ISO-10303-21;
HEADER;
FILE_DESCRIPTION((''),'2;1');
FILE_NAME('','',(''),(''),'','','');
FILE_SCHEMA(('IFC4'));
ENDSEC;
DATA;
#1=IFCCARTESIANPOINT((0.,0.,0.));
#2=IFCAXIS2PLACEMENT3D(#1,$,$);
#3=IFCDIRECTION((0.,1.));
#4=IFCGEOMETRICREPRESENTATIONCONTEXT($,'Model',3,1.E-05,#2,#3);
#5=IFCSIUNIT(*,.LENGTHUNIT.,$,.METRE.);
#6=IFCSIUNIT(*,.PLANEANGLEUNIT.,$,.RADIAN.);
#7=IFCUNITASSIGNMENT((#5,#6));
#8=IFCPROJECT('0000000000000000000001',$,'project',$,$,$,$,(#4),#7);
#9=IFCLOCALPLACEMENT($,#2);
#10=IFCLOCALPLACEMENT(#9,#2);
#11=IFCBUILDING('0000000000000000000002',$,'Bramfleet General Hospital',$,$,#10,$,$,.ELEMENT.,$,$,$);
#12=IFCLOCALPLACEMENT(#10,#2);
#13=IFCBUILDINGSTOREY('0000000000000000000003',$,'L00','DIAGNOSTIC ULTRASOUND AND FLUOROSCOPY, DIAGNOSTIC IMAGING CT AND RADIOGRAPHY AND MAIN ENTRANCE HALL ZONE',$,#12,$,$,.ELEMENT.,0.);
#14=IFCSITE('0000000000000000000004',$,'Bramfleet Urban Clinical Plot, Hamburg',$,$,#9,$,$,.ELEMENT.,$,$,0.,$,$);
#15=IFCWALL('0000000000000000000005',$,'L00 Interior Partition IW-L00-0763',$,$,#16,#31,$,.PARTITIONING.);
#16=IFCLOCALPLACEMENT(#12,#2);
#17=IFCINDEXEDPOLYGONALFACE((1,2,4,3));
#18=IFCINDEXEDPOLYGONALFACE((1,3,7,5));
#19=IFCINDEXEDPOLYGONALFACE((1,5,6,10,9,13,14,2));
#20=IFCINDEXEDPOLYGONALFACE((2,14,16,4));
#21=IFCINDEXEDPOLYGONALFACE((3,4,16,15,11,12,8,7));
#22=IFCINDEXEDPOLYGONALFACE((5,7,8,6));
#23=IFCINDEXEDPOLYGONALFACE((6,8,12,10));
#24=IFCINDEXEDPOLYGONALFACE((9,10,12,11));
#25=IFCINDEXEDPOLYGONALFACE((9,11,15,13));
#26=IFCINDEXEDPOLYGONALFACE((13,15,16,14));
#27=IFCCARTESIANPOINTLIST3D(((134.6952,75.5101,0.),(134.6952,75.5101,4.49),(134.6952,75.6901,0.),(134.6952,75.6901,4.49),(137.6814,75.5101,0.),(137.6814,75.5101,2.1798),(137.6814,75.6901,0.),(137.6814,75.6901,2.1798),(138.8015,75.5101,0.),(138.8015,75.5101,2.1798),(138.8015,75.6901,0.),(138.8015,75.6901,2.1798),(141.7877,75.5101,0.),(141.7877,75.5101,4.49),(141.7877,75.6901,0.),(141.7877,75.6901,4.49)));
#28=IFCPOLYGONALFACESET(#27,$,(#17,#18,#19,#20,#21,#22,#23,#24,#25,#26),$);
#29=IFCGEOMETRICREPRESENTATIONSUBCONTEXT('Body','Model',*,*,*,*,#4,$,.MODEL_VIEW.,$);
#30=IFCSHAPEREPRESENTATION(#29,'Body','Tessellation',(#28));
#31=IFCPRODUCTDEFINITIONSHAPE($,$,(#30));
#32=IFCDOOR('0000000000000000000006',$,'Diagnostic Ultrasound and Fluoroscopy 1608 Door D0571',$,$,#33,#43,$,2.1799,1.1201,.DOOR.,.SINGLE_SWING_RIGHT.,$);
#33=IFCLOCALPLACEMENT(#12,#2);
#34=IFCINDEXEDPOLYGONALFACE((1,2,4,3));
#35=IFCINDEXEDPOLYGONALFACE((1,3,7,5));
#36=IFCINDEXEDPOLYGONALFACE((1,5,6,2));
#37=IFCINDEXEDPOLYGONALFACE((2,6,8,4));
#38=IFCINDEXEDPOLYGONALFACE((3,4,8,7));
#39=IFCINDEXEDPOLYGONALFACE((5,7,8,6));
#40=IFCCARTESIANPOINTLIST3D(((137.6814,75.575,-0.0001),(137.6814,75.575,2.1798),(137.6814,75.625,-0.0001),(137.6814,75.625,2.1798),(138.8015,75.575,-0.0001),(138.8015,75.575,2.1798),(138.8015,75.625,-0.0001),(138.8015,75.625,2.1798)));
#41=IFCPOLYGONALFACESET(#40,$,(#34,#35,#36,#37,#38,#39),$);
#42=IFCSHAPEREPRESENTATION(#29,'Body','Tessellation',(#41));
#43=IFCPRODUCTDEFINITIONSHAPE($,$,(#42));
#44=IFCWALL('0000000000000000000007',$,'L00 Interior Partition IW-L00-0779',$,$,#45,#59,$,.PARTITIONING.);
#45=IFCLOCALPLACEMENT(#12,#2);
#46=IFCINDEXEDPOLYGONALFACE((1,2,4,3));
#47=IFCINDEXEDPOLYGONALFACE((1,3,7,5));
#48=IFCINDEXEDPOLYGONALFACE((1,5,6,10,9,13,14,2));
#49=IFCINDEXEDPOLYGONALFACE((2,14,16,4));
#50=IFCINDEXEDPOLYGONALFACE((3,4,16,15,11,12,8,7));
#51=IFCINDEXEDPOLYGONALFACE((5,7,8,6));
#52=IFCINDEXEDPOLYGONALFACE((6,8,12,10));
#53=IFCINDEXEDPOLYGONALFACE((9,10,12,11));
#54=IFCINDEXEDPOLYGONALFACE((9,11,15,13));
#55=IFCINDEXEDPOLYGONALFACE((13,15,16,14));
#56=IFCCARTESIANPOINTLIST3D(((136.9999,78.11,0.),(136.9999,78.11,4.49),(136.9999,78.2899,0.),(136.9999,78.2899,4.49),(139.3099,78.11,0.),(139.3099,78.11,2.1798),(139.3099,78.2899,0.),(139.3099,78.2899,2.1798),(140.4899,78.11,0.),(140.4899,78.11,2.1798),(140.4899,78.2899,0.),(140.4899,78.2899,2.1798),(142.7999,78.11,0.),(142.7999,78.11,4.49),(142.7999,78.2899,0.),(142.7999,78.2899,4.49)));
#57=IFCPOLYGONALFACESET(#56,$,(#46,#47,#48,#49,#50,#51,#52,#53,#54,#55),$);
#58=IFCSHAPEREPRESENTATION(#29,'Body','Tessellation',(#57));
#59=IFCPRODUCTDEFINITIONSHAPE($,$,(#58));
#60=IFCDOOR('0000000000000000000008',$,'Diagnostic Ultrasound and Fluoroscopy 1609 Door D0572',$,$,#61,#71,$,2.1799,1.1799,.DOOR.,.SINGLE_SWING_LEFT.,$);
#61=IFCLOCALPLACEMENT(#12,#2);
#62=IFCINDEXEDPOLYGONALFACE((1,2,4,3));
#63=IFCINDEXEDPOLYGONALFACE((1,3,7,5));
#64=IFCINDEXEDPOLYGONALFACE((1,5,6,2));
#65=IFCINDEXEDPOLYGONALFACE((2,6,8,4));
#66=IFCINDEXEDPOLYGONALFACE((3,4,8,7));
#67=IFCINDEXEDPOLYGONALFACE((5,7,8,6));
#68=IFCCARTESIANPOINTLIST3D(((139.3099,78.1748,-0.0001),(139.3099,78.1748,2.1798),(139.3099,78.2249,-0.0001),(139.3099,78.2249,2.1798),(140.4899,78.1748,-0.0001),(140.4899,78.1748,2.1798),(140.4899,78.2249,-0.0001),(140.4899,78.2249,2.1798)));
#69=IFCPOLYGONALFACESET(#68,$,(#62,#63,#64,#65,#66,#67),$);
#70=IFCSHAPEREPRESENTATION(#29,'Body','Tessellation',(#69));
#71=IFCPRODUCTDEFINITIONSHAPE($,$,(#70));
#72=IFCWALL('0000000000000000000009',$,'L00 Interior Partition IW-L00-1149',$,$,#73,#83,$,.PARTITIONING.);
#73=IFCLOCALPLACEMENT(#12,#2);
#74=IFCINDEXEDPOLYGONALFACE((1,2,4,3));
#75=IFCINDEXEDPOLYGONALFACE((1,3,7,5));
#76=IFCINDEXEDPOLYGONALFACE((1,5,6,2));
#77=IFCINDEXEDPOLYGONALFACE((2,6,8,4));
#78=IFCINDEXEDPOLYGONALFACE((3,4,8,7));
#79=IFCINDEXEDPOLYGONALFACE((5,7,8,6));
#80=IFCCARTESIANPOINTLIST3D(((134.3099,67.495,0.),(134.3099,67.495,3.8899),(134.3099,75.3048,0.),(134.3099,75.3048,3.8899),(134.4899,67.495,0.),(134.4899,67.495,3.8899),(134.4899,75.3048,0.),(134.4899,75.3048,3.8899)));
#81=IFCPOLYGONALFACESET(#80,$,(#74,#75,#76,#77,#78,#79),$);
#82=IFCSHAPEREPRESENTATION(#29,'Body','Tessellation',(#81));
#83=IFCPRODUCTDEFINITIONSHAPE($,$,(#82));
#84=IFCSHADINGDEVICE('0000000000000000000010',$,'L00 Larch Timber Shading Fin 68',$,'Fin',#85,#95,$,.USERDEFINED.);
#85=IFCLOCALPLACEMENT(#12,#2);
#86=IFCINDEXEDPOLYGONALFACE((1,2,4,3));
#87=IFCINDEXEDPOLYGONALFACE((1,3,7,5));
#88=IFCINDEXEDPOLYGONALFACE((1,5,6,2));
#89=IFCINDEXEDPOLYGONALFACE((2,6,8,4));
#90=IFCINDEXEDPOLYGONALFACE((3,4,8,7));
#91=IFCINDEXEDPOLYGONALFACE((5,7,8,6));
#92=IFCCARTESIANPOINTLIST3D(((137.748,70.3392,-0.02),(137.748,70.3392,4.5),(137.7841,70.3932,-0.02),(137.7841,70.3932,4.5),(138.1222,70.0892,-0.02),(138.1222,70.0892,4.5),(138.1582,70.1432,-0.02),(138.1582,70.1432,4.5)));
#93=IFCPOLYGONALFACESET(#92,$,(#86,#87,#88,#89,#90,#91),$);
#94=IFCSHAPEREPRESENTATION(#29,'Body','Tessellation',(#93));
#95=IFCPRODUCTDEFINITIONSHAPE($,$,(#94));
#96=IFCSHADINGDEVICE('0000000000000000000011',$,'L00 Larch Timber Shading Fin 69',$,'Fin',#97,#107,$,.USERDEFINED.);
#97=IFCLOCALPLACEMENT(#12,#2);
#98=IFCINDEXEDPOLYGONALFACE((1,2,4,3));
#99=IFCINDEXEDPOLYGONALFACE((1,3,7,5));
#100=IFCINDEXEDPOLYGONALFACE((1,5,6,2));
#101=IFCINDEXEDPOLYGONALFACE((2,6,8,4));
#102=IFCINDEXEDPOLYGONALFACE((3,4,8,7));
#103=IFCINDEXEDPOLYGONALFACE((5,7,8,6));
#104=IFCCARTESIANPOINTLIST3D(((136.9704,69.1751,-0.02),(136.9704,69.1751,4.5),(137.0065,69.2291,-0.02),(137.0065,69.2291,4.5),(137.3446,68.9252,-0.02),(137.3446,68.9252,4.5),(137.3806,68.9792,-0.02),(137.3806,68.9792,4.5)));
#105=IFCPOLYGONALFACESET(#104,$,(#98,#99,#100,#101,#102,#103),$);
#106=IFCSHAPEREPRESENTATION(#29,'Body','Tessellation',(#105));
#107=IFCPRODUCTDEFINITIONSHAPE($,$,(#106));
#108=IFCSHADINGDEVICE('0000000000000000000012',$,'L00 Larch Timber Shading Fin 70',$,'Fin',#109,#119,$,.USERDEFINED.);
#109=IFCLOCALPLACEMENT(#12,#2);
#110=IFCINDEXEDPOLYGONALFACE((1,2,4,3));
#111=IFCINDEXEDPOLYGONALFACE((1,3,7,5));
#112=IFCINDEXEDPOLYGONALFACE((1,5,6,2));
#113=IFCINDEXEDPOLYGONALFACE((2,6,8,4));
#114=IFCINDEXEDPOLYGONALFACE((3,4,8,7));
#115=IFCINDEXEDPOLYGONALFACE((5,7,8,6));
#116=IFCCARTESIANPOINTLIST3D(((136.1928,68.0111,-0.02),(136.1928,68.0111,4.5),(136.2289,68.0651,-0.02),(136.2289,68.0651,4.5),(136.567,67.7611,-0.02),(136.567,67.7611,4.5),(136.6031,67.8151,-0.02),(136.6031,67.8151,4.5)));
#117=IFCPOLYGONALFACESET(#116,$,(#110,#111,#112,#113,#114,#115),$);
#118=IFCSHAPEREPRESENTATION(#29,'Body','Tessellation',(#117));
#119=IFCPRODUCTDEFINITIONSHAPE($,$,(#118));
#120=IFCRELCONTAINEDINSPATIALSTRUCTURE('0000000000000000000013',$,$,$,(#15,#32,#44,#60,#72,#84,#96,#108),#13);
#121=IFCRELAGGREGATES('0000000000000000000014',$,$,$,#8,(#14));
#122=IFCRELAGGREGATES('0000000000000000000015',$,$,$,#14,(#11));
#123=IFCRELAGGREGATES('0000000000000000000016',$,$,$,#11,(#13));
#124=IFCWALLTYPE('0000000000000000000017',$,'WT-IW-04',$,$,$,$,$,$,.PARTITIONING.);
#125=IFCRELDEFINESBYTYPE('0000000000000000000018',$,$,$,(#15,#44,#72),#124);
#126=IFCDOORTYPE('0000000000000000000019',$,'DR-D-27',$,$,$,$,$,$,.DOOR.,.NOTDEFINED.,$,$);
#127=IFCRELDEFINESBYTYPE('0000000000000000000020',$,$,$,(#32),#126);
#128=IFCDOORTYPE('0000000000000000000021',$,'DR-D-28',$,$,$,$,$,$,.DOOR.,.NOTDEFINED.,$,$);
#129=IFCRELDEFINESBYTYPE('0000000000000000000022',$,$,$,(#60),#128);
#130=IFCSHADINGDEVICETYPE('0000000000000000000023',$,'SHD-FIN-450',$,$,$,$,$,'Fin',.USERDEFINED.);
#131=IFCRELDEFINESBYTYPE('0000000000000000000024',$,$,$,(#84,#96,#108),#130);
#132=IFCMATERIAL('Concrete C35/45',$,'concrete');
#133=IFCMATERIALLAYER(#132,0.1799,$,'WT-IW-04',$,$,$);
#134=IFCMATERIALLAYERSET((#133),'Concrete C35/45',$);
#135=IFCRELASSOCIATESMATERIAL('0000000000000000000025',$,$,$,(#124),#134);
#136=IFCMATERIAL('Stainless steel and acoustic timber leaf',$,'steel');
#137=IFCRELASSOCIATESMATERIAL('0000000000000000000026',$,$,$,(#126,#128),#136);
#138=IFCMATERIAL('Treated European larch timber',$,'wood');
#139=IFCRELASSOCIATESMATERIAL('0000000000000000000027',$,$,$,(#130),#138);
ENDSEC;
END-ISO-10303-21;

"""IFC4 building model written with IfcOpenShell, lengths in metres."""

from ifc_helpers import new_model, si_unit, direction, frame, frame_2d, origin, origin_2d, place, context, subcontext, project, spatial, rectangle, extrude, material, layer, layer_set, material_profile, profile_set, type_object, element, fill, save


model = new_model("IFC4")

# Units and contexts
model_context = context("Model", 3, precision=1e-05, world=origin(), true_north=direction((0.0, 1.0)))
body_context = subcontext(model_context, "Body", "Model", "MODEL_VIEW")
ifc_project = project(units=[si_unit("LENGTHUNIT", "METRE"), si_unit("PLANEANGLEUNIT", "RADIAN")], contexts=[model_context])

# Site, building, storey
site_placement = place(None, origin())
site = spatial("IfcSite", under=ifc_project, at=site_placement, Name="Bramfleet Urban Clinical Plot, Hamburg", CompositionType="ELEMENT", RefElevation=0.0)
building_placement = place(site_placement, origin())
building = spatial("IfcBuilding", under=site, at=building_placement, Name="Bramfleet General Hospital", CompositionType="ELEMENT")
storey_placement = place(building_placement, origin())
storey = spatial("IfcBuildingStorey", under=building, at=storey_placement, Name="L00", Description="DIAGNOSTIC ULTRASOUND AND FLUOROSCOPY, DIAGNOSTIC IMAGING CT AND RADIOGRAPHY AND MAIN ENTRANCE HALL ZONE", CompositionType="ELEMENT", Elevation=0.0)

# Shared definitions
ifc_material_1 = material(Name="Concrete C35/45", Category="concrete")

# Walls, openings, doors
ifc_layer_1 = layer(ifc_material_1, 0.1799, Name="WT-IW-04")
ifc_layer_set_1 = layer_set([ifc_layer_1], Name="Concrete C35/45")
wall_type = type_object("IfcWallType", Name="WT-IW-04", PredefinedType="PARTITIONING", material=ifc_layer_set_1)
wall_1_placement = place(storey_placement, frame((134.6951, 75.6001, 0.0), z_axis=(0.0, 0.0, 1.0), x_axis=(1.0, 0.0, 0.0)))
wall_1 = element("IfcWall", 1, at=wall_1_placement, inside=storey, type_object=wall_type, Name="L00 Interior Partition IW-L00-0763", PredefinedType="PARTITIONING", context=body_context, shape_type="SweptSolid", body=[
    extrude(rectangle(XDim=7.0925, YDim=0.1799, at=frame_2d((3.5464, 0.0))), origin(), (0.0, 0.0, 1.0), 4.49),
])
opening_1_placement = place(wall_1_placement, frame((2.9863, 0.0, 0.0)))
opening_1 = element("IfcOpeningElement", 2, at=opening_1_placement, cuts=wall_1, PredefinedType="OPENING", context=body_context, shape_type="SweptSolid", body=[
    extrude(rectangle(XDim=1.1201, YDim=2.1799, at=frame_2d((0.5601, 1.0898))), frame((0.0, 0.0999, 0.0), z_axis=(0.0, -1.0, 0.0), x_axis=(1.0, 0.0, 0.0)), (0.0, 0.0, 1.0), 0.2),
])
ifc_material_2 = material(Name="Stainless steel and acoustic timber leaf", Category="steel")
door_type_1 = type_object("IfcDoorType", Name="DR-D-27", OperationType="NOTDEFINED", PredefinedType="DOOR", material=ifc_material_2)
door_1_placement = place(opening_1_placement, origin())
door_1 = element("IfcDoor", 3, at=door_1_placement, inside=storey, type_object=door_type_1, Name="Diagnostic Ultrasound and Fluoroscopy 1608 Door D0571", OperationType="SINGLE_SWING_RIGHT", OverallHeight=2.1799, OverallWidth=1.1201, PredefinedType="DOOR", context=body_context, shape_type="SweptSolid", body=[
    extrude(rectangle(XDim=1.1201, YDim=2.1799, at=frame_2d((0.5601, 1.0898))), frame((0.0, 0.0249, 0.0), z_axis=(0.0, -1.0, 0.0), x_axis=(1.0, 0.0, 0.0)), (0.0, 0.0, 1.0), 0.05),
])
fill(opening_1, door_1)
wall_2_placement = place(storey_placement, frame((137.0, 78.2, 0.0), z_axis=(0.0, 0.0, 1.0), x_axis=(1.0, 0.0, 0.0)))
wall_2 = element("IfcWall", 4, at=wall_2_placement, inside=storey, type_object=wall_type, Name="L00 Interior Partition IW-L00-0779", PredefinedType="PARTITIONING", context=body_context, shape_type="SweptSolid", body=[
    extrude(rectangle(XDim=5.8, YDim=0.1799, at=frame_2d((2.8999, 0.0))), origin(), (0.0, 0.0, 1.0), 4.49),
])
opening_2_placement = place(wall_2_placement, frame((2.3101, 0.0, 0.0)))
opening_2 = element("IfcOpeningElement", 5, at=opening_2_placement, cuts=wall_2, PredefinedType="OPENING", context=body_context, shape_type="SweptSolid", body=[
    extrude(rectangle(XDim=1.1799, YDim=2.1799, at=frame_2d((0.5898, 1.0898))), frame((0.0, 0.0999, 0.0), z_axis=(0.0, -1.0, 0.0), x_axis=(1.0, 0.0, 0.0)), (0.0, 0.0, 1.0), 0.2),
])
door_type_2 = type_object("IfcDoorType", Name="DR-D-28", OperationType="NOTDEFINED", PredefinedType="DOOR", material=ifc_material_2)
door_2_placement = place(opening_2_placement, origin())
door_2 = element("IfcDoor", 6, at=door_2_placement, inside=storey, type_object=door_type_2, Name="Diagnostic Ultrasound and Fluoroscopy 1609 Door D0572", OperationType="SINGLE_SWING_LEFT", OverallHeight=2.1799, OverallWidth=1.1799, PredefinedType="DOOR", context=body_context, shape_type="SweptSolid", body=[
    extrude(rectangle(XDim=1.1799, YDim=2.1799, at=frame_2d((0.5898, 1.0898))), frame((0.0, 0.0249, 0.0), z_axis=(0.0, -1.0, 0.0), x_axis=(1.0, 0.0, 0.0)), (0.0, 0.0, 1.0), 0.05),
])
fill(opening_2, door_2)

# Wall
wall_3_placement = place(storey_placement, frame((134.3999, 67.4951, 0.0), z_axis=(0.0, 0.0, 1.0), x_axis=(0.0, 1.0, 0.0)))
element("IfcWall", 7, at=wall_3_placement, inside=storey, type_object=wall_type, Name="L00 Interior Partition IW-L00-1149", PredefinedType="PARTITIONING", context=body_context, shape_type="SweptSolid", body=[
    extrude(rectangle(XDim=7.8098, YDim=0.1799, at=frame_2d((3.9048, 0.0))), origin(), (0.0, 0.0, 1.0), 3.8899),
])

# Shading devices
ifc_material_3 = material(Name="Treated European larch timber", Category="wood")
ifc_material_profile_1 = material_profile(ifc_material_3, rectangle(XDim=0.0649, YDim=0.45, at=origin_2d()), Name="LARCH FIN 450x65")
ifc_profile_set_1 = profile_set([ifc_material_profile_1], Name="Treated European larch timber")
shading_device_type = type_object("IfcShadingDeviceType", Name="SHD-FIN-450", ElementType="Fin", PredefinedType="USERDEFINED", material=ifc_profile_set_1)
for number, where, z_axis, x_axis, name in (
    (8, (137.9531, 70.2412, -0.02), (0.0, 0.0, 1.0), (-0.555464, -0.831541, 0.0), "L00 Larch Timber Shading Fin 68"),
    (9, (137.1755, 69.0771, -0.02), (0.0, 0.0, 1.0), (-0.555464, -0.831541, 0.0), "L00 Larch Timber Shading Fin 69"),
    (10, (136.3979, 67.9131, -0.02), (0.0, 0.0, 1.0), (-0.555464, -0.831541, 0.0), "L00 Larch Timber Shading Fin 70"),
):
    element("IfcShadingDevice", number, at=place(storey_placement, frame(where, z_axis=z_axis, x_axis=x_axis)), inside=storey, type_object=shading_device_type, Name=name, ObjectType="Fin", PredefinedType="USERDEFINED", context=body_context, shape_type="SweptSolid", body=[
        extrude(rectangle(XDim=0.0649, YDim=0.45, at=origin_2d()), origin(), (0.0, 0.0, 1.0), 4.52),
    ])

save(model, "model.ifc")
